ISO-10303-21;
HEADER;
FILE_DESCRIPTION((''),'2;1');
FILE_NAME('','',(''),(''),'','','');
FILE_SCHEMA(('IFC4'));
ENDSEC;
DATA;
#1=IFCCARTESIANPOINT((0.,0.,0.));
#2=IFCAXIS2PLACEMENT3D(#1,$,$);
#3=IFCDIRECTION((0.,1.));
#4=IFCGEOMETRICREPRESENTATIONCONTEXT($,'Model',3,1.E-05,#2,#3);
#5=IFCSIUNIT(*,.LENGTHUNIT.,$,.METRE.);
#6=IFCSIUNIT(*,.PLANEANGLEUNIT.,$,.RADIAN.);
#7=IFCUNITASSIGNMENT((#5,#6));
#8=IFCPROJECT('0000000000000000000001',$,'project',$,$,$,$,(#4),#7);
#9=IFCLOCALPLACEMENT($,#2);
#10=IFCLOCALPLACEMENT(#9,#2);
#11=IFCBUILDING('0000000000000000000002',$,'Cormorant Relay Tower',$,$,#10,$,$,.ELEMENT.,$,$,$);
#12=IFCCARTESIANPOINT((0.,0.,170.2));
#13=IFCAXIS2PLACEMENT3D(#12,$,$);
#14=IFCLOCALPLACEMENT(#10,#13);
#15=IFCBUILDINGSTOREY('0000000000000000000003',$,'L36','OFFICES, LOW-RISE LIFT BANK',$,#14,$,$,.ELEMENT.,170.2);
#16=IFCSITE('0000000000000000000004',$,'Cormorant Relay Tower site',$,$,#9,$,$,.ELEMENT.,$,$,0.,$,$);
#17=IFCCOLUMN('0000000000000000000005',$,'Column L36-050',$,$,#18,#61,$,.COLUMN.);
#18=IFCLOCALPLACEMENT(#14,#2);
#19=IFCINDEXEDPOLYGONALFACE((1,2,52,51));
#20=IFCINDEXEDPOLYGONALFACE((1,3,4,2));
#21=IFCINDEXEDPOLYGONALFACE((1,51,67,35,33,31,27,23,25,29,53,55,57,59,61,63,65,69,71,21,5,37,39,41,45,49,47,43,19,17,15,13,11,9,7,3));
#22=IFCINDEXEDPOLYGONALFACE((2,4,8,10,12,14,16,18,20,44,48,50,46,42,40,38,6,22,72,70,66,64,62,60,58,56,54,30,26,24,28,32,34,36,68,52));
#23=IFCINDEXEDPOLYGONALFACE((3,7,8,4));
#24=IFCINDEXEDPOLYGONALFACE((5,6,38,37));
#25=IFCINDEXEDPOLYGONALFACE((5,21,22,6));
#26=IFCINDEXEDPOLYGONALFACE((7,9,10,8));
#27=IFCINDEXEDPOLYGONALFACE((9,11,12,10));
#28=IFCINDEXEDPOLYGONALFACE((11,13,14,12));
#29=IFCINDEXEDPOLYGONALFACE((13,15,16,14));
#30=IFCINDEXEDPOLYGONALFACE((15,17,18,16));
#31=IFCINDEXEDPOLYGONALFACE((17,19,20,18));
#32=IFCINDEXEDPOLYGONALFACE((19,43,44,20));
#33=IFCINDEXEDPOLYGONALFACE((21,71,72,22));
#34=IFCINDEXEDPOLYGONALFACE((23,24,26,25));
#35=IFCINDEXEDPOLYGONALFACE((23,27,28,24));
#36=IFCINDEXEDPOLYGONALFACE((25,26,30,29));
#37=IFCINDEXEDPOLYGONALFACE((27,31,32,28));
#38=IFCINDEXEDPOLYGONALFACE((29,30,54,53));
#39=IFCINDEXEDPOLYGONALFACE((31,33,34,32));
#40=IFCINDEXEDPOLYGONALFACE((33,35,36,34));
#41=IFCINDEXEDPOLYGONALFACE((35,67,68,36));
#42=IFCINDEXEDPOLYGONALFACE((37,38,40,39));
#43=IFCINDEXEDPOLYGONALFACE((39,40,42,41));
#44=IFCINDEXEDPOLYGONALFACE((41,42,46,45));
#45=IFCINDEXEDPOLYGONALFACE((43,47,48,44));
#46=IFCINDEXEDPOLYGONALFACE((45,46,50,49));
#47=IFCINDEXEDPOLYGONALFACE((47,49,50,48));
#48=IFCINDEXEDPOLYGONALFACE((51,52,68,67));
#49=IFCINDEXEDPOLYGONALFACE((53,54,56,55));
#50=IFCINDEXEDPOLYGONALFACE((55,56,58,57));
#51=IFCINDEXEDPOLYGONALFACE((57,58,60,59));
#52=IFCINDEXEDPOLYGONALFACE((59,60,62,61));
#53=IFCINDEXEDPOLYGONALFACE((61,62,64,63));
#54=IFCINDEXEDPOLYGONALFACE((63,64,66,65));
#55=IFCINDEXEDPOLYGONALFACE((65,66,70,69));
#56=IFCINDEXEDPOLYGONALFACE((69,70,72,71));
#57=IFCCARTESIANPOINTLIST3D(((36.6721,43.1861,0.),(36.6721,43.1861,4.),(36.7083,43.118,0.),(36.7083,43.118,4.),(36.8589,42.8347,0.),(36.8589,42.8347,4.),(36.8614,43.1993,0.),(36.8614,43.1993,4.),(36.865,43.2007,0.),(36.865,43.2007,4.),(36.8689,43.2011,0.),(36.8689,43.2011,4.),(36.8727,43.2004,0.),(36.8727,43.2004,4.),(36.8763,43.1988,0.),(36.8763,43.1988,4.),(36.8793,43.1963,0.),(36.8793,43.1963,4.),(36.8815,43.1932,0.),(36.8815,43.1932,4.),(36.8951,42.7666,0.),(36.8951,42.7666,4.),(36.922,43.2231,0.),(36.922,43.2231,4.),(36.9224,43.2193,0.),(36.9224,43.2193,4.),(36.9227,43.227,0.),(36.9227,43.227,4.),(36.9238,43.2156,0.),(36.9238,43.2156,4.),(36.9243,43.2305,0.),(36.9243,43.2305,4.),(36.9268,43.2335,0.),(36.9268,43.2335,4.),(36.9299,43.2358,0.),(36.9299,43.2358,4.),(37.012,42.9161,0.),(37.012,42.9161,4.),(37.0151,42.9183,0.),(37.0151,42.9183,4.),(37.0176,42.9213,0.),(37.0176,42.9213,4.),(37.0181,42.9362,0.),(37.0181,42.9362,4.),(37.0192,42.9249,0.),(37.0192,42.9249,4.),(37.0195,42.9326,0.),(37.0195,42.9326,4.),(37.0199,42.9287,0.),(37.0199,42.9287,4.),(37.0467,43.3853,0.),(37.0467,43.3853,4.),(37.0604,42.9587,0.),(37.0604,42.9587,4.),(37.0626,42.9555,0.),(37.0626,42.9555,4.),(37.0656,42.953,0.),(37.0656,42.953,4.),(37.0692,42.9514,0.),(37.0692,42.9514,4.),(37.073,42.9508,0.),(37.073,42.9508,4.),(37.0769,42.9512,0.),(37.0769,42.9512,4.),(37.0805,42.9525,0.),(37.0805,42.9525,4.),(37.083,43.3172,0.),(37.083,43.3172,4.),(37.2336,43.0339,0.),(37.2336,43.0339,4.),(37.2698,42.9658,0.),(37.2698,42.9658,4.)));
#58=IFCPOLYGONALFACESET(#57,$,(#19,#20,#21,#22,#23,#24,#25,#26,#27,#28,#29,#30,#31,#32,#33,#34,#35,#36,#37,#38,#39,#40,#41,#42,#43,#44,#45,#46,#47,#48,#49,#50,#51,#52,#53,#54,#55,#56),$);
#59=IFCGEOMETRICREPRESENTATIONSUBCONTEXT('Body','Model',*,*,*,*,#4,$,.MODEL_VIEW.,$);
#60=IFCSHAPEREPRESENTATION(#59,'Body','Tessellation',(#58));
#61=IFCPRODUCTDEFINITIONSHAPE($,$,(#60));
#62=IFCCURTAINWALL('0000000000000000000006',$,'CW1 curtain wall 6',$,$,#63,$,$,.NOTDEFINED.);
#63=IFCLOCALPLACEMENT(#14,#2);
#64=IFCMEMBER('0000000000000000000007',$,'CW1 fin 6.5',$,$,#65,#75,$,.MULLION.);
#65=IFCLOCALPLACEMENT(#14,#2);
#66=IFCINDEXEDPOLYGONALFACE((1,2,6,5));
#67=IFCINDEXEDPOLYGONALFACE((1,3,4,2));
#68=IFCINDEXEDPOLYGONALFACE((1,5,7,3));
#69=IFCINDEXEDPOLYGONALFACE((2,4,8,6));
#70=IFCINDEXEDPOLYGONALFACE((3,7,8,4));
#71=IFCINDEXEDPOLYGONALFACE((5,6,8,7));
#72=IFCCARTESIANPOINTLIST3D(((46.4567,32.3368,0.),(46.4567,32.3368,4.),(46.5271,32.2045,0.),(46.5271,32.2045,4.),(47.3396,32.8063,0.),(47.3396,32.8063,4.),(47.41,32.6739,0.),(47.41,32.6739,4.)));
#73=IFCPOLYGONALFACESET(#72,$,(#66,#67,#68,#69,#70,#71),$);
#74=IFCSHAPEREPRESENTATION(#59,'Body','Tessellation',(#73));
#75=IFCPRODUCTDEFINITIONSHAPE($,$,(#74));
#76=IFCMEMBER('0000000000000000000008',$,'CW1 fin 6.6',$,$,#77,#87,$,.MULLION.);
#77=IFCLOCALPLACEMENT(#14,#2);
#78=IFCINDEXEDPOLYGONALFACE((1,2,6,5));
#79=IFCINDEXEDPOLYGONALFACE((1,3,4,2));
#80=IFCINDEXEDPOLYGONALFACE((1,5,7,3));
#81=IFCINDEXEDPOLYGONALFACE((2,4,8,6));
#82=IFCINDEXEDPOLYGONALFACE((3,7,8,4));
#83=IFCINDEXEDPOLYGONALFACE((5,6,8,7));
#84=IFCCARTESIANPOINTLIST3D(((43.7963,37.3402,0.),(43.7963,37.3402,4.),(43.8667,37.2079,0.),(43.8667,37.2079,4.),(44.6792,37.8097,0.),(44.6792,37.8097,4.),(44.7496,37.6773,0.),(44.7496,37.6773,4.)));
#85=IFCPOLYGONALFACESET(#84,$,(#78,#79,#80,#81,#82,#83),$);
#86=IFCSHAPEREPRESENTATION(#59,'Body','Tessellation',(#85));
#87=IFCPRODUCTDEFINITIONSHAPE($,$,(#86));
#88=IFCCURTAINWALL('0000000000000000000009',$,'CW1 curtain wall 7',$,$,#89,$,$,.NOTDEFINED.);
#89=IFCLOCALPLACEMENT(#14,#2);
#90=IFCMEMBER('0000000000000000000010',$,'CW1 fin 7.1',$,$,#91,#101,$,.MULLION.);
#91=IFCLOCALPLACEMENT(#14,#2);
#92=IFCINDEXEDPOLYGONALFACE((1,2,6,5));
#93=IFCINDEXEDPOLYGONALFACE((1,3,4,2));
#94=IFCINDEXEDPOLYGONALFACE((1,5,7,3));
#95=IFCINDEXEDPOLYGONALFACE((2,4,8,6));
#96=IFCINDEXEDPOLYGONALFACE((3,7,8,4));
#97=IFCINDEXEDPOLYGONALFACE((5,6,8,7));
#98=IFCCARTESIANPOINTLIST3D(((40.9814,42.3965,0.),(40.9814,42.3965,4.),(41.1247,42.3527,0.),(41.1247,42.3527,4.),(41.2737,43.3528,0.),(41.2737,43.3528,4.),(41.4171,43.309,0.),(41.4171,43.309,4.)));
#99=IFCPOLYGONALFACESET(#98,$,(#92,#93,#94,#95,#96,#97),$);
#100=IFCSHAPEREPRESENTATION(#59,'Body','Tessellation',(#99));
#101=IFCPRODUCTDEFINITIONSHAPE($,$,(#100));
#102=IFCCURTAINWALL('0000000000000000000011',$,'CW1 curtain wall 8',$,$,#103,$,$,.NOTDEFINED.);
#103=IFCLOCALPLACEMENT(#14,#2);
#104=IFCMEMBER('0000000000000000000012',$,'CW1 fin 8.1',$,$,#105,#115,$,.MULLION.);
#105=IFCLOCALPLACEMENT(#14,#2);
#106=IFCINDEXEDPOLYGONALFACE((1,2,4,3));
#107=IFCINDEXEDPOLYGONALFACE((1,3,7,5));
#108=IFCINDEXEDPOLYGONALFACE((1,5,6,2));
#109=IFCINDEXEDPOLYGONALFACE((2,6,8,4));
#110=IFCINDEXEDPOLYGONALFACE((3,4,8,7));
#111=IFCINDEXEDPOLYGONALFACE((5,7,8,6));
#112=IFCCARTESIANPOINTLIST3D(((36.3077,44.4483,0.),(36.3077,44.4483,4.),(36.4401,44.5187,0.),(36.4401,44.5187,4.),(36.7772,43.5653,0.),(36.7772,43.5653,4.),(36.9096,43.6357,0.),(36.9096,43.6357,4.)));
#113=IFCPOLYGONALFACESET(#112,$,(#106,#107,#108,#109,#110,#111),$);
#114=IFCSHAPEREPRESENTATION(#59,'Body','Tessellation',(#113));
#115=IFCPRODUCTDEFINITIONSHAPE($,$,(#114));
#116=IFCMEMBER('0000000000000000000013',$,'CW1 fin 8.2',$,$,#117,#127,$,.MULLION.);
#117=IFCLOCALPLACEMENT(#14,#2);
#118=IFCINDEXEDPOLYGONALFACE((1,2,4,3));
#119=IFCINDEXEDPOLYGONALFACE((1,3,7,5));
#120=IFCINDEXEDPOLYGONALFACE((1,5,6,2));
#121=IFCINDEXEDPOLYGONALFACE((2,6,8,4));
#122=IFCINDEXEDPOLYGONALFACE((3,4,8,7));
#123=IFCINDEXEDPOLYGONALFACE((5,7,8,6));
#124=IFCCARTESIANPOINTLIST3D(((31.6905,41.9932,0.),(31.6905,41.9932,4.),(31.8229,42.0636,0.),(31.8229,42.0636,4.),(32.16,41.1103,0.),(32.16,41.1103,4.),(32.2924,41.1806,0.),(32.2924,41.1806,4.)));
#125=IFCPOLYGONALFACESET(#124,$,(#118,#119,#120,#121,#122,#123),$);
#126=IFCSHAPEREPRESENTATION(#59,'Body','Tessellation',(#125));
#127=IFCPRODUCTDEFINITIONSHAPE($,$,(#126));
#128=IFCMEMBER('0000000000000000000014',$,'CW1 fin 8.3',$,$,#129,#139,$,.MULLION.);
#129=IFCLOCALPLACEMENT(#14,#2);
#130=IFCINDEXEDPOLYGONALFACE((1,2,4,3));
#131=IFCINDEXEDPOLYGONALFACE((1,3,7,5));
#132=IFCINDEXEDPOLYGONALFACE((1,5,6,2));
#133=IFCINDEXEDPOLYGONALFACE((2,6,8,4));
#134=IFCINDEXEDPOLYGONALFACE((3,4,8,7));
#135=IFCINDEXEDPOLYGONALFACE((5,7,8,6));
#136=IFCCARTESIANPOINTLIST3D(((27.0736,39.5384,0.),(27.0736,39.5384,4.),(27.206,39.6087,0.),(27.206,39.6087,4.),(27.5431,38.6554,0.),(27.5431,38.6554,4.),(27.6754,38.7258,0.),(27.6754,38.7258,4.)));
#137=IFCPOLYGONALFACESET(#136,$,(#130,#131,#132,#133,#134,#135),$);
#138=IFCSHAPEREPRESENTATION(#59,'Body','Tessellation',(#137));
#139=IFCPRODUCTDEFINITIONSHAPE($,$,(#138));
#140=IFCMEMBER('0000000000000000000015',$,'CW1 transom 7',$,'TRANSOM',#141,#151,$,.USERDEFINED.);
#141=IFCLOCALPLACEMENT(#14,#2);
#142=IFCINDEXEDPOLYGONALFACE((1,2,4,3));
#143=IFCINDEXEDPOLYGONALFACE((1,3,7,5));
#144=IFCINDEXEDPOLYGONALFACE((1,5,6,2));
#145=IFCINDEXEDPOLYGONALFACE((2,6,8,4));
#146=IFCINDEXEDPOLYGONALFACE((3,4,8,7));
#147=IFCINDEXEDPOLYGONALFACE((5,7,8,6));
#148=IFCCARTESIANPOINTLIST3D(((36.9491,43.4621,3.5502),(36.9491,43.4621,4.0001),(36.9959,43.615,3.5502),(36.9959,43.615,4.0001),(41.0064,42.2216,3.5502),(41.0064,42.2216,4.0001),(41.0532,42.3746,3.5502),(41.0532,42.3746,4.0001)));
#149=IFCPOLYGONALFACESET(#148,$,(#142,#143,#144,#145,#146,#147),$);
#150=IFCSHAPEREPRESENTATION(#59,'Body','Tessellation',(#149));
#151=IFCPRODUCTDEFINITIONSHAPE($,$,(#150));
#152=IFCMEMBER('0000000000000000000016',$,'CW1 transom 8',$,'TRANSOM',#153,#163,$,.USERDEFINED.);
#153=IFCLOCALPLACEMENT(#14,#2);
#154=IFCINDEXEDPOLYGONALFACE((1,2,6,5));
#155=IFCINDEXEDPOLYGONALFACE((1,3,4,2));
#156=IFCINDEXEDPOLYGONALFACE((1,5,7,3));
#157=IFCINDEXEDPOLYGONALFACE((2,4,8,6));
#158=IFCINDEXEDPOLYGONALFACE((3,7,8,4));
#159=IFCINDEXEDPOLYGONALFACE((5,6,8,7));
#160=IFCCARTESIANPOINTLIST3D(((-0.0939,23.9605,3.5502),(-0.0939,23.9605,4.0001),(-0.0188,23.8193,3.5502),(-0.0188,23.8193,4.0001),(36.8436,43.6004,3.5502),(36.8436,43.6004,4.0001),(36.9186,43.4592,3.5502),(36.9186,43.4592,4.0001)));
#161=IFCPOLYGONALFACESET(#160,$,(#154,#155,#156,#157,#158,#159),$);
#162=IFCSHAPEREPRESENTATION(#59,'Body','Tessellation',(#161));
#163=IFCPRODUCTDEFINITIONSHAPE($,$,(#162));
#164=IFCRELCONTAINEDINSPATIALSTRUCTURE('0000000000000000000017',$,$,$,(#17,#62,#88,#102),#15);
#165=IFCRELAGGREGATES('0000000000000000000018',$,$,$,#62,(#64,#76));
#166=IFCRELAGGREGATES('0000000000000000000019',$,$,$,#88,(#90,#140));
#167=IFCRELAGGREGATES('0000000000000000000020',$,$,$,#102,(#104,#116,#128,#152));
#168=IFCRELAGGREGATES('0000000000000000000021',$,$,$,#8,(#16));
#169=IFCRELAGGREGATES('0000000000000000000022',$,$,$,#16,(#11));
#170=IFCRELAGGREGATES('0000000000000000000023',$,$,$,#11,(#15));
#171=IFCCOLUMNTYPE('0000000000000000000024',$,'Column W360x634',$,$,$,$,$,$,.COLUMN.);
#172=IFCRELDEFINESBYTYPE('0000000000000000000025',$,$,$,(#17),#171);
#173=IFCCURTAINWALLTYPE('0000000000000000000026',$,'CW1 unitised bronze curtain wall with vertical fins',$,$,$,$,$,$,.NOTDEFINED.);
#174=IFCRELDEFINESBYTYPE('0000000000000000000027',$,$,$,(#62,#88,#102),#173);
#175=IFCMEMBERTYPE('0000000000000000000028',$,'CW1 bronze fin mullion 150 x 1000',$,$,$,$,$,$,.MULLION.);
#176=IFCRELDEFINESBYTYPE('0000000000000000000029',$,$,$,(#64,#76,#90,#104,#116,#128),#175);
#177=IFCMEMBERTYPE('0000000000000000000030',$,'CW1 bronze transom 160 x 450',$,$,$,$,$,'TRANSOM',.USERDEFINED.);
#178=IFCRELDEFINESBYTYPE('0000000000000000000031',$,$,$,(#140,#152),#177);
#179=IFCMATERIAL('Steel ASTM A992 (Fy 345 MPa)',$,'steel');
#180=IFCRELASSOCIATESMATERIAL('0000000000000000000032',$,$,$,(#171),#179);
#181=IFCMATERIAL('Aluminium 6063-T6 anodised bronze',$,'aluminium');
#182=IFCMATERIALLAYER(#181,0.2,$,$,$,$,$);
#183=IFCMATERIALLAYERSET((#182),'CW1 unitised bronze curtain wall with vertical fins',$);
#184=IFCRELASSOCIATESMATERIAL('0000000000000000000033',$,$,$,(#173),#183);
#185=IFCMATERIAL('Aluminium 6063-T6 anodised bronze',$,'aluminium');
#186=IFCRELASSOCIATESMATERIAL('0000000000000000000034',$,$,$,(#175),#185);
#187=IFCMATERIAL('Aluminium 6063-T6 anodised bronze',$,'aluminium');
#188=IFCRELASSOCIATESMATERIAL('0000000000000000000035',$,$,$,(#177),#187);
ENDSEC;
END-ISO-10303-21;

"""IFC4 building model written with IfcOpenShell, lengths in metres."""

from ifc_helpers import new_model, si_unit, direction, frame, origin, origin_2d, place, context, subcontext, project, spatial, rectangle, i_section, extrude, material, layer, layer_set, material_profile, profile_set, type_object, element, aggregate, save


model = new_model("IFC4")

# Units and contexts
model_context = context("Model", 3, precision=1e-05, world=origin(), true_north=direction((0.0, 1.0)))
body_context = subcontext(model_context, "Body", "Model", "MODEL_VIEW")
ifc_project = project(units=[si_unit("LENGTHUNIT", "METRE"), si_unit("PLANEANGLEUNIT", "RADIAN")], contexts=[model_context])

# Site, building, storey
site_placement = place(None, origin())
site = spatial("IfcSite", under=ifc_project, at=site_placement, Name="Cormorant Relay Tower site", CompositionType="ELEMENT", RefElevation=0.0)
building_placement = place(site_placement, origin())
building = spatial("IfcBuilding", under=site, at=building_placement, Name="Cormorant Relay Tower", CompositionType="ELEMENT")
storey_placement = place(building_placement, frame((0.0, 0.0, 170.2)))
storey = spatial("IfcBuildingStorey", under=building, at=storey_placement, Name="L36", Description="OFFICES, LOW-RISE LIFT BANK", CompositionType="ELEMENT", Elevation=170.2)

# Column
ifc_material_1 = material(Name="Steel ASTM A992 (Fy 345 MPa)", Category="steel")
ifc_material_profile_1 = material_profile(ifc_material_1, i_section(OverallWidth=0.4243, OverallDepth=0.4751, WebThickness=0.0479, FlangeThickness=0.0771, FilletRadius=0.0149, at=origin_2d()), Name="W360x634")
ifc_profile_set_1 = profile_set([ifc_material_profile_1], Name="Steel ASTM A992 (Fy 345 MPa)")
column_type_1 = type_object("IfcColumnType", Name="Column W360x634", PredefinedType="COLUMN", material=ifc_profile_set_1)
for number, where, z_axis, x_axis, name in (
    (1, (36.9709, 43.0759, 0.0), (0.0, 0.0, 1.0), (-0.882948, -0.469472, 0.0), "Column L36-050"),
):
    element("IfcColumn", number, at=place(storey_placement, frame(where, z_axis=z_axis, x_axis=x_axis)), inside=storey, type_object=column_type_1, Name=name, PredefinedType="COLUMN", context=body_context, shape_type="SweptSolid", body=[
        extrude(i_section(OverallWidth=0.4243, OverallDepth=0.4751, WebThickness=0.0479, FlangeThickness=0.0771, FilletRadius=0.0149, at=origin_2d()), origin(), (0.0, 0.0, 1.0), 4.0),
    ])

# Curtain wall, members
ifc_material_2 = material(Name="Aluminium 6063-T6 anodised bronze", Category="aluminium")
ifc_layer_1 = layer(ifc_material_2, 0.2)
ifc_layer_set_1 = layer_set([ifc_layer_1], Name="CW1 unitised bronze curtain wall with vertical fins")
curtain_wall_type = type_object("IfcCurtainWallType", Name="CW1 unitised bronze curtain wall with vertical fins", PredefinedType="NOTDEFINED", material=ifc_layer_set_1)
curtain_wall_1_placement = place(storey_placement, origin())
curtain_wall_1 = element("IfcCurtainWall", 2, at=curtain_wall_1_placement, inside=storey, type_object=curtain_wall_type, Name="CW1 curtain wall 6", PredefinedType="NOTDEFINED")
ifc_material_3 = material(Name="Aluminium 6063-T6 anodised bronze", Category="aluminium")
ifc_material_profile_2 = material_profile(ifc_material_3, rectangle(XDim=0.1499, YDim=1.0, at=origin_2d()), Name="AL 150x1000")
ifc_profile_set_2 = profile_set([ifc_material_profile_2], Name="Aluminium 6063-T6 anodised bronze")
member_type_1 = type_object("IfcMemberType", Name="CW1 bronze fin mullion 150 x 1000", PredefinedType="MULLION", material=ifc_profile_set_2)
member_1_placement = place(storey_placement, frame((46.9333, 32.5054, 0.0), z_axis=(0.0, 0.0, 1.0), x_axis=(-0.469472, 0.882948, 0.0)))
member_1 = element("IfcMember", 3, at=member_1_placement, type_object=member_type_1, Name="CW1 fin 6.5", PredefinedType="MULLION", context=body_context, shape_type="SweptSolid", body=[
    extrude(rectangle(XDim=0.1499, YDim=1.0, at=origin_2d()), origin(), (0.0, 0.0, 1.0), 4.0),
])
member_2_placement = place(storey_placement, frame((44.2729, 37.5088, 0.0), z_axis=(0.0, 0.0, 1.0), x_axis=(-0.469472, 0.882948, 0.0)))
member_2 = element("IfcMember", 4, at=member_2_placement, type_object=member_type_1, Name="CW1 fin 6.6", PredefinedType="MULLION", context=body_context, shape_type="SweptSolid", body=[
    extrude(rectangle(XDim=0.1499, YDim=1.0, at=origin_2d()), origin(), (0.0, 0.0, 1.0), 4.0),
])

# Curtain wall, member
curtain_wall_2_placement = place(storey_placement, origin())
curtain_wall_2 = element("IfcCurtainWall", 5, at=curtain_wall_2_placement, inside=storey, type_object=curtain_wall_type, Name="CW1 curtain wall 7", PredefinedType="NOTDEFINED")
member_3_placement = place(storey_placement, frame((41.1992, 42.8528, 0.0), z_axis=(0.0, 0.0, 1.0), x_axis=(-0.956305, 0.292372, 0.0)))
member_3 = element("IfcMember", 6, at=member_3_placement, type_object=member_type_1, Name="CW1 fin 7.1", PredefinedType="MULLION", context=body_context, shape_type="SweptSolid", body=[
    extrude(rectangle(XDim=0.1499, YDim=1.0, at=origin_2d()), origin(), (0.0, 0.0, 1.0), 4.0),
])

# Curtain wall, members
curtain_wall_3_placement = place(storey_placement, origin())
curtain_wall_3 = element("IfcCurtainWall", 7, at=curtain_wall_3_placement, inside=storey, type_object=curtain_wall_type, Name="CW1 curtain wall 8", PredefinedType="NOTDEFINED")
member_4_placement = place(storey_placement, frame((36.6086, 44.042, 0.0), z_axis=(0.0, 0.0, 1.0), x_axis=(-0.882948, -0.469472, 0.0)))
member_4 = element("IfcMember", 8, at=member_4_placement, type_object=member_type_1, Name="CW1 fin 8.1", PredefinedType="MULLION", context=body_context, shape_type="SweptSolid", body=[
    extrude(rectangle(XDim=0.1499, YDim=1.0, at=origin_2d()), origin(), (0.0, 0.0, 1.0), 4.0),
])
member_5_placement = place(storey_placement, frame((31.9915, 41.5869, 0.0), z_axis=(0.0, 0.0, 1.0), x_axis=(-0.882948, -0.469472, 0.0)))
member_5 = element("IfcMember", 9, at=member_5_placement, type_object=member_type_1, Name="CW1 fin 8.2", PredefinedType="MULLION", context=body_context, shape_type="SweptSolid", body=[
    extrude(rectangle(XDim=0.1499, YDim=1.0, at=origin_2d()), origin(), (0.0, 0.0, 1.0), 4.0),
])
member_6_placement = place(storey_placement, frame((27.3745, 39.1321, 0.0), z_axis=(0.0, 0.0, 1.0), x_axis=(-0.882948, -0.469472, 0.0)))
member_6 = element("IfcMember", 10, at=member_6_placement, type_object=member_type_1, Name="CW1 fin 8.3", PredefinedType="MULLION", context=body_context, shape_type="SweptSolid", body=[
    extrude(rectangle(XDim=0.1499, YDim=1.0, at=origin_2d()), origin(), (0.0, 0.0, 1.0), 4.0),
])

# Members
ifc_material_4 = material(Name="Aluminium 6063-T6 anodised bronze", Category="aluminium")
ifc_material_profile_3 = material_profile(ifc_material_4, rectangle(XDim=0.1599, YDim=0.45, at=origin_2d()), Name="AL 160x450")
ifc_profile_set_3 = profile_set([ifc_material_profile_3], Name="Aluminium 6063-T6 anodised bronze")
member_type_2 = type_object("IfcMemberType", Name="CW1 bronze transom 160 x 450", ElementType="TRANSOM", PredefinedType="USERDEFINED", material=ifc_profile_set_3)
member_7_placement = place(storey_placement, frame((41.0298, 42.2981, 3.7751), z_axis=(-0.956304, 0.292375, 0.0), x_axis=(-0.292375, -0.956304, 0.0)))
member_7 = element("IfcMember", 11, at=member_7_placement, type_object=member_type_2, Name="CW1 transom 7", ObjectType="TRANSOM", PredefinedType="USERDEFINED", context=body_context, shape_type="SweptSolid", body=[
    extrude(rectangle(XDim=0.1599, YDim=0.45, at=origin_2d()), origin(), (0.0, 0.0, 1.0), 4.2427),
])
member_8_placement = place(storey_placement, frame((36.8811, 43.5298, 3.7751), z_axis=(-0.882949, -0.469469, 0.0), x_axis=(0.469469, -0.882949, 0.0)))
member_8 = element("IfcMember", 12, at=member_8_placement, type_object=member_type_2, Name="CW1 transom 8", ObjectType="TRANSOM", PredefinedType="USERDEFINED", context=body_context, shape_type="SweptSolid", body=[
    extrude(rectangle(XDim=0.1599, YDim=0.45, at=origin_2d()), origin(), (0.0, 0.0, 1.0), 41.8342),
])

aggregate(curtain_wall_1, [member_1, member_2])
aggregate(curtain_wall_2, [member_3, member_7])
aggregate(curtain_wall_3, [member_4, member_5, member_6, member_8])

save(model, "model.ifc")
